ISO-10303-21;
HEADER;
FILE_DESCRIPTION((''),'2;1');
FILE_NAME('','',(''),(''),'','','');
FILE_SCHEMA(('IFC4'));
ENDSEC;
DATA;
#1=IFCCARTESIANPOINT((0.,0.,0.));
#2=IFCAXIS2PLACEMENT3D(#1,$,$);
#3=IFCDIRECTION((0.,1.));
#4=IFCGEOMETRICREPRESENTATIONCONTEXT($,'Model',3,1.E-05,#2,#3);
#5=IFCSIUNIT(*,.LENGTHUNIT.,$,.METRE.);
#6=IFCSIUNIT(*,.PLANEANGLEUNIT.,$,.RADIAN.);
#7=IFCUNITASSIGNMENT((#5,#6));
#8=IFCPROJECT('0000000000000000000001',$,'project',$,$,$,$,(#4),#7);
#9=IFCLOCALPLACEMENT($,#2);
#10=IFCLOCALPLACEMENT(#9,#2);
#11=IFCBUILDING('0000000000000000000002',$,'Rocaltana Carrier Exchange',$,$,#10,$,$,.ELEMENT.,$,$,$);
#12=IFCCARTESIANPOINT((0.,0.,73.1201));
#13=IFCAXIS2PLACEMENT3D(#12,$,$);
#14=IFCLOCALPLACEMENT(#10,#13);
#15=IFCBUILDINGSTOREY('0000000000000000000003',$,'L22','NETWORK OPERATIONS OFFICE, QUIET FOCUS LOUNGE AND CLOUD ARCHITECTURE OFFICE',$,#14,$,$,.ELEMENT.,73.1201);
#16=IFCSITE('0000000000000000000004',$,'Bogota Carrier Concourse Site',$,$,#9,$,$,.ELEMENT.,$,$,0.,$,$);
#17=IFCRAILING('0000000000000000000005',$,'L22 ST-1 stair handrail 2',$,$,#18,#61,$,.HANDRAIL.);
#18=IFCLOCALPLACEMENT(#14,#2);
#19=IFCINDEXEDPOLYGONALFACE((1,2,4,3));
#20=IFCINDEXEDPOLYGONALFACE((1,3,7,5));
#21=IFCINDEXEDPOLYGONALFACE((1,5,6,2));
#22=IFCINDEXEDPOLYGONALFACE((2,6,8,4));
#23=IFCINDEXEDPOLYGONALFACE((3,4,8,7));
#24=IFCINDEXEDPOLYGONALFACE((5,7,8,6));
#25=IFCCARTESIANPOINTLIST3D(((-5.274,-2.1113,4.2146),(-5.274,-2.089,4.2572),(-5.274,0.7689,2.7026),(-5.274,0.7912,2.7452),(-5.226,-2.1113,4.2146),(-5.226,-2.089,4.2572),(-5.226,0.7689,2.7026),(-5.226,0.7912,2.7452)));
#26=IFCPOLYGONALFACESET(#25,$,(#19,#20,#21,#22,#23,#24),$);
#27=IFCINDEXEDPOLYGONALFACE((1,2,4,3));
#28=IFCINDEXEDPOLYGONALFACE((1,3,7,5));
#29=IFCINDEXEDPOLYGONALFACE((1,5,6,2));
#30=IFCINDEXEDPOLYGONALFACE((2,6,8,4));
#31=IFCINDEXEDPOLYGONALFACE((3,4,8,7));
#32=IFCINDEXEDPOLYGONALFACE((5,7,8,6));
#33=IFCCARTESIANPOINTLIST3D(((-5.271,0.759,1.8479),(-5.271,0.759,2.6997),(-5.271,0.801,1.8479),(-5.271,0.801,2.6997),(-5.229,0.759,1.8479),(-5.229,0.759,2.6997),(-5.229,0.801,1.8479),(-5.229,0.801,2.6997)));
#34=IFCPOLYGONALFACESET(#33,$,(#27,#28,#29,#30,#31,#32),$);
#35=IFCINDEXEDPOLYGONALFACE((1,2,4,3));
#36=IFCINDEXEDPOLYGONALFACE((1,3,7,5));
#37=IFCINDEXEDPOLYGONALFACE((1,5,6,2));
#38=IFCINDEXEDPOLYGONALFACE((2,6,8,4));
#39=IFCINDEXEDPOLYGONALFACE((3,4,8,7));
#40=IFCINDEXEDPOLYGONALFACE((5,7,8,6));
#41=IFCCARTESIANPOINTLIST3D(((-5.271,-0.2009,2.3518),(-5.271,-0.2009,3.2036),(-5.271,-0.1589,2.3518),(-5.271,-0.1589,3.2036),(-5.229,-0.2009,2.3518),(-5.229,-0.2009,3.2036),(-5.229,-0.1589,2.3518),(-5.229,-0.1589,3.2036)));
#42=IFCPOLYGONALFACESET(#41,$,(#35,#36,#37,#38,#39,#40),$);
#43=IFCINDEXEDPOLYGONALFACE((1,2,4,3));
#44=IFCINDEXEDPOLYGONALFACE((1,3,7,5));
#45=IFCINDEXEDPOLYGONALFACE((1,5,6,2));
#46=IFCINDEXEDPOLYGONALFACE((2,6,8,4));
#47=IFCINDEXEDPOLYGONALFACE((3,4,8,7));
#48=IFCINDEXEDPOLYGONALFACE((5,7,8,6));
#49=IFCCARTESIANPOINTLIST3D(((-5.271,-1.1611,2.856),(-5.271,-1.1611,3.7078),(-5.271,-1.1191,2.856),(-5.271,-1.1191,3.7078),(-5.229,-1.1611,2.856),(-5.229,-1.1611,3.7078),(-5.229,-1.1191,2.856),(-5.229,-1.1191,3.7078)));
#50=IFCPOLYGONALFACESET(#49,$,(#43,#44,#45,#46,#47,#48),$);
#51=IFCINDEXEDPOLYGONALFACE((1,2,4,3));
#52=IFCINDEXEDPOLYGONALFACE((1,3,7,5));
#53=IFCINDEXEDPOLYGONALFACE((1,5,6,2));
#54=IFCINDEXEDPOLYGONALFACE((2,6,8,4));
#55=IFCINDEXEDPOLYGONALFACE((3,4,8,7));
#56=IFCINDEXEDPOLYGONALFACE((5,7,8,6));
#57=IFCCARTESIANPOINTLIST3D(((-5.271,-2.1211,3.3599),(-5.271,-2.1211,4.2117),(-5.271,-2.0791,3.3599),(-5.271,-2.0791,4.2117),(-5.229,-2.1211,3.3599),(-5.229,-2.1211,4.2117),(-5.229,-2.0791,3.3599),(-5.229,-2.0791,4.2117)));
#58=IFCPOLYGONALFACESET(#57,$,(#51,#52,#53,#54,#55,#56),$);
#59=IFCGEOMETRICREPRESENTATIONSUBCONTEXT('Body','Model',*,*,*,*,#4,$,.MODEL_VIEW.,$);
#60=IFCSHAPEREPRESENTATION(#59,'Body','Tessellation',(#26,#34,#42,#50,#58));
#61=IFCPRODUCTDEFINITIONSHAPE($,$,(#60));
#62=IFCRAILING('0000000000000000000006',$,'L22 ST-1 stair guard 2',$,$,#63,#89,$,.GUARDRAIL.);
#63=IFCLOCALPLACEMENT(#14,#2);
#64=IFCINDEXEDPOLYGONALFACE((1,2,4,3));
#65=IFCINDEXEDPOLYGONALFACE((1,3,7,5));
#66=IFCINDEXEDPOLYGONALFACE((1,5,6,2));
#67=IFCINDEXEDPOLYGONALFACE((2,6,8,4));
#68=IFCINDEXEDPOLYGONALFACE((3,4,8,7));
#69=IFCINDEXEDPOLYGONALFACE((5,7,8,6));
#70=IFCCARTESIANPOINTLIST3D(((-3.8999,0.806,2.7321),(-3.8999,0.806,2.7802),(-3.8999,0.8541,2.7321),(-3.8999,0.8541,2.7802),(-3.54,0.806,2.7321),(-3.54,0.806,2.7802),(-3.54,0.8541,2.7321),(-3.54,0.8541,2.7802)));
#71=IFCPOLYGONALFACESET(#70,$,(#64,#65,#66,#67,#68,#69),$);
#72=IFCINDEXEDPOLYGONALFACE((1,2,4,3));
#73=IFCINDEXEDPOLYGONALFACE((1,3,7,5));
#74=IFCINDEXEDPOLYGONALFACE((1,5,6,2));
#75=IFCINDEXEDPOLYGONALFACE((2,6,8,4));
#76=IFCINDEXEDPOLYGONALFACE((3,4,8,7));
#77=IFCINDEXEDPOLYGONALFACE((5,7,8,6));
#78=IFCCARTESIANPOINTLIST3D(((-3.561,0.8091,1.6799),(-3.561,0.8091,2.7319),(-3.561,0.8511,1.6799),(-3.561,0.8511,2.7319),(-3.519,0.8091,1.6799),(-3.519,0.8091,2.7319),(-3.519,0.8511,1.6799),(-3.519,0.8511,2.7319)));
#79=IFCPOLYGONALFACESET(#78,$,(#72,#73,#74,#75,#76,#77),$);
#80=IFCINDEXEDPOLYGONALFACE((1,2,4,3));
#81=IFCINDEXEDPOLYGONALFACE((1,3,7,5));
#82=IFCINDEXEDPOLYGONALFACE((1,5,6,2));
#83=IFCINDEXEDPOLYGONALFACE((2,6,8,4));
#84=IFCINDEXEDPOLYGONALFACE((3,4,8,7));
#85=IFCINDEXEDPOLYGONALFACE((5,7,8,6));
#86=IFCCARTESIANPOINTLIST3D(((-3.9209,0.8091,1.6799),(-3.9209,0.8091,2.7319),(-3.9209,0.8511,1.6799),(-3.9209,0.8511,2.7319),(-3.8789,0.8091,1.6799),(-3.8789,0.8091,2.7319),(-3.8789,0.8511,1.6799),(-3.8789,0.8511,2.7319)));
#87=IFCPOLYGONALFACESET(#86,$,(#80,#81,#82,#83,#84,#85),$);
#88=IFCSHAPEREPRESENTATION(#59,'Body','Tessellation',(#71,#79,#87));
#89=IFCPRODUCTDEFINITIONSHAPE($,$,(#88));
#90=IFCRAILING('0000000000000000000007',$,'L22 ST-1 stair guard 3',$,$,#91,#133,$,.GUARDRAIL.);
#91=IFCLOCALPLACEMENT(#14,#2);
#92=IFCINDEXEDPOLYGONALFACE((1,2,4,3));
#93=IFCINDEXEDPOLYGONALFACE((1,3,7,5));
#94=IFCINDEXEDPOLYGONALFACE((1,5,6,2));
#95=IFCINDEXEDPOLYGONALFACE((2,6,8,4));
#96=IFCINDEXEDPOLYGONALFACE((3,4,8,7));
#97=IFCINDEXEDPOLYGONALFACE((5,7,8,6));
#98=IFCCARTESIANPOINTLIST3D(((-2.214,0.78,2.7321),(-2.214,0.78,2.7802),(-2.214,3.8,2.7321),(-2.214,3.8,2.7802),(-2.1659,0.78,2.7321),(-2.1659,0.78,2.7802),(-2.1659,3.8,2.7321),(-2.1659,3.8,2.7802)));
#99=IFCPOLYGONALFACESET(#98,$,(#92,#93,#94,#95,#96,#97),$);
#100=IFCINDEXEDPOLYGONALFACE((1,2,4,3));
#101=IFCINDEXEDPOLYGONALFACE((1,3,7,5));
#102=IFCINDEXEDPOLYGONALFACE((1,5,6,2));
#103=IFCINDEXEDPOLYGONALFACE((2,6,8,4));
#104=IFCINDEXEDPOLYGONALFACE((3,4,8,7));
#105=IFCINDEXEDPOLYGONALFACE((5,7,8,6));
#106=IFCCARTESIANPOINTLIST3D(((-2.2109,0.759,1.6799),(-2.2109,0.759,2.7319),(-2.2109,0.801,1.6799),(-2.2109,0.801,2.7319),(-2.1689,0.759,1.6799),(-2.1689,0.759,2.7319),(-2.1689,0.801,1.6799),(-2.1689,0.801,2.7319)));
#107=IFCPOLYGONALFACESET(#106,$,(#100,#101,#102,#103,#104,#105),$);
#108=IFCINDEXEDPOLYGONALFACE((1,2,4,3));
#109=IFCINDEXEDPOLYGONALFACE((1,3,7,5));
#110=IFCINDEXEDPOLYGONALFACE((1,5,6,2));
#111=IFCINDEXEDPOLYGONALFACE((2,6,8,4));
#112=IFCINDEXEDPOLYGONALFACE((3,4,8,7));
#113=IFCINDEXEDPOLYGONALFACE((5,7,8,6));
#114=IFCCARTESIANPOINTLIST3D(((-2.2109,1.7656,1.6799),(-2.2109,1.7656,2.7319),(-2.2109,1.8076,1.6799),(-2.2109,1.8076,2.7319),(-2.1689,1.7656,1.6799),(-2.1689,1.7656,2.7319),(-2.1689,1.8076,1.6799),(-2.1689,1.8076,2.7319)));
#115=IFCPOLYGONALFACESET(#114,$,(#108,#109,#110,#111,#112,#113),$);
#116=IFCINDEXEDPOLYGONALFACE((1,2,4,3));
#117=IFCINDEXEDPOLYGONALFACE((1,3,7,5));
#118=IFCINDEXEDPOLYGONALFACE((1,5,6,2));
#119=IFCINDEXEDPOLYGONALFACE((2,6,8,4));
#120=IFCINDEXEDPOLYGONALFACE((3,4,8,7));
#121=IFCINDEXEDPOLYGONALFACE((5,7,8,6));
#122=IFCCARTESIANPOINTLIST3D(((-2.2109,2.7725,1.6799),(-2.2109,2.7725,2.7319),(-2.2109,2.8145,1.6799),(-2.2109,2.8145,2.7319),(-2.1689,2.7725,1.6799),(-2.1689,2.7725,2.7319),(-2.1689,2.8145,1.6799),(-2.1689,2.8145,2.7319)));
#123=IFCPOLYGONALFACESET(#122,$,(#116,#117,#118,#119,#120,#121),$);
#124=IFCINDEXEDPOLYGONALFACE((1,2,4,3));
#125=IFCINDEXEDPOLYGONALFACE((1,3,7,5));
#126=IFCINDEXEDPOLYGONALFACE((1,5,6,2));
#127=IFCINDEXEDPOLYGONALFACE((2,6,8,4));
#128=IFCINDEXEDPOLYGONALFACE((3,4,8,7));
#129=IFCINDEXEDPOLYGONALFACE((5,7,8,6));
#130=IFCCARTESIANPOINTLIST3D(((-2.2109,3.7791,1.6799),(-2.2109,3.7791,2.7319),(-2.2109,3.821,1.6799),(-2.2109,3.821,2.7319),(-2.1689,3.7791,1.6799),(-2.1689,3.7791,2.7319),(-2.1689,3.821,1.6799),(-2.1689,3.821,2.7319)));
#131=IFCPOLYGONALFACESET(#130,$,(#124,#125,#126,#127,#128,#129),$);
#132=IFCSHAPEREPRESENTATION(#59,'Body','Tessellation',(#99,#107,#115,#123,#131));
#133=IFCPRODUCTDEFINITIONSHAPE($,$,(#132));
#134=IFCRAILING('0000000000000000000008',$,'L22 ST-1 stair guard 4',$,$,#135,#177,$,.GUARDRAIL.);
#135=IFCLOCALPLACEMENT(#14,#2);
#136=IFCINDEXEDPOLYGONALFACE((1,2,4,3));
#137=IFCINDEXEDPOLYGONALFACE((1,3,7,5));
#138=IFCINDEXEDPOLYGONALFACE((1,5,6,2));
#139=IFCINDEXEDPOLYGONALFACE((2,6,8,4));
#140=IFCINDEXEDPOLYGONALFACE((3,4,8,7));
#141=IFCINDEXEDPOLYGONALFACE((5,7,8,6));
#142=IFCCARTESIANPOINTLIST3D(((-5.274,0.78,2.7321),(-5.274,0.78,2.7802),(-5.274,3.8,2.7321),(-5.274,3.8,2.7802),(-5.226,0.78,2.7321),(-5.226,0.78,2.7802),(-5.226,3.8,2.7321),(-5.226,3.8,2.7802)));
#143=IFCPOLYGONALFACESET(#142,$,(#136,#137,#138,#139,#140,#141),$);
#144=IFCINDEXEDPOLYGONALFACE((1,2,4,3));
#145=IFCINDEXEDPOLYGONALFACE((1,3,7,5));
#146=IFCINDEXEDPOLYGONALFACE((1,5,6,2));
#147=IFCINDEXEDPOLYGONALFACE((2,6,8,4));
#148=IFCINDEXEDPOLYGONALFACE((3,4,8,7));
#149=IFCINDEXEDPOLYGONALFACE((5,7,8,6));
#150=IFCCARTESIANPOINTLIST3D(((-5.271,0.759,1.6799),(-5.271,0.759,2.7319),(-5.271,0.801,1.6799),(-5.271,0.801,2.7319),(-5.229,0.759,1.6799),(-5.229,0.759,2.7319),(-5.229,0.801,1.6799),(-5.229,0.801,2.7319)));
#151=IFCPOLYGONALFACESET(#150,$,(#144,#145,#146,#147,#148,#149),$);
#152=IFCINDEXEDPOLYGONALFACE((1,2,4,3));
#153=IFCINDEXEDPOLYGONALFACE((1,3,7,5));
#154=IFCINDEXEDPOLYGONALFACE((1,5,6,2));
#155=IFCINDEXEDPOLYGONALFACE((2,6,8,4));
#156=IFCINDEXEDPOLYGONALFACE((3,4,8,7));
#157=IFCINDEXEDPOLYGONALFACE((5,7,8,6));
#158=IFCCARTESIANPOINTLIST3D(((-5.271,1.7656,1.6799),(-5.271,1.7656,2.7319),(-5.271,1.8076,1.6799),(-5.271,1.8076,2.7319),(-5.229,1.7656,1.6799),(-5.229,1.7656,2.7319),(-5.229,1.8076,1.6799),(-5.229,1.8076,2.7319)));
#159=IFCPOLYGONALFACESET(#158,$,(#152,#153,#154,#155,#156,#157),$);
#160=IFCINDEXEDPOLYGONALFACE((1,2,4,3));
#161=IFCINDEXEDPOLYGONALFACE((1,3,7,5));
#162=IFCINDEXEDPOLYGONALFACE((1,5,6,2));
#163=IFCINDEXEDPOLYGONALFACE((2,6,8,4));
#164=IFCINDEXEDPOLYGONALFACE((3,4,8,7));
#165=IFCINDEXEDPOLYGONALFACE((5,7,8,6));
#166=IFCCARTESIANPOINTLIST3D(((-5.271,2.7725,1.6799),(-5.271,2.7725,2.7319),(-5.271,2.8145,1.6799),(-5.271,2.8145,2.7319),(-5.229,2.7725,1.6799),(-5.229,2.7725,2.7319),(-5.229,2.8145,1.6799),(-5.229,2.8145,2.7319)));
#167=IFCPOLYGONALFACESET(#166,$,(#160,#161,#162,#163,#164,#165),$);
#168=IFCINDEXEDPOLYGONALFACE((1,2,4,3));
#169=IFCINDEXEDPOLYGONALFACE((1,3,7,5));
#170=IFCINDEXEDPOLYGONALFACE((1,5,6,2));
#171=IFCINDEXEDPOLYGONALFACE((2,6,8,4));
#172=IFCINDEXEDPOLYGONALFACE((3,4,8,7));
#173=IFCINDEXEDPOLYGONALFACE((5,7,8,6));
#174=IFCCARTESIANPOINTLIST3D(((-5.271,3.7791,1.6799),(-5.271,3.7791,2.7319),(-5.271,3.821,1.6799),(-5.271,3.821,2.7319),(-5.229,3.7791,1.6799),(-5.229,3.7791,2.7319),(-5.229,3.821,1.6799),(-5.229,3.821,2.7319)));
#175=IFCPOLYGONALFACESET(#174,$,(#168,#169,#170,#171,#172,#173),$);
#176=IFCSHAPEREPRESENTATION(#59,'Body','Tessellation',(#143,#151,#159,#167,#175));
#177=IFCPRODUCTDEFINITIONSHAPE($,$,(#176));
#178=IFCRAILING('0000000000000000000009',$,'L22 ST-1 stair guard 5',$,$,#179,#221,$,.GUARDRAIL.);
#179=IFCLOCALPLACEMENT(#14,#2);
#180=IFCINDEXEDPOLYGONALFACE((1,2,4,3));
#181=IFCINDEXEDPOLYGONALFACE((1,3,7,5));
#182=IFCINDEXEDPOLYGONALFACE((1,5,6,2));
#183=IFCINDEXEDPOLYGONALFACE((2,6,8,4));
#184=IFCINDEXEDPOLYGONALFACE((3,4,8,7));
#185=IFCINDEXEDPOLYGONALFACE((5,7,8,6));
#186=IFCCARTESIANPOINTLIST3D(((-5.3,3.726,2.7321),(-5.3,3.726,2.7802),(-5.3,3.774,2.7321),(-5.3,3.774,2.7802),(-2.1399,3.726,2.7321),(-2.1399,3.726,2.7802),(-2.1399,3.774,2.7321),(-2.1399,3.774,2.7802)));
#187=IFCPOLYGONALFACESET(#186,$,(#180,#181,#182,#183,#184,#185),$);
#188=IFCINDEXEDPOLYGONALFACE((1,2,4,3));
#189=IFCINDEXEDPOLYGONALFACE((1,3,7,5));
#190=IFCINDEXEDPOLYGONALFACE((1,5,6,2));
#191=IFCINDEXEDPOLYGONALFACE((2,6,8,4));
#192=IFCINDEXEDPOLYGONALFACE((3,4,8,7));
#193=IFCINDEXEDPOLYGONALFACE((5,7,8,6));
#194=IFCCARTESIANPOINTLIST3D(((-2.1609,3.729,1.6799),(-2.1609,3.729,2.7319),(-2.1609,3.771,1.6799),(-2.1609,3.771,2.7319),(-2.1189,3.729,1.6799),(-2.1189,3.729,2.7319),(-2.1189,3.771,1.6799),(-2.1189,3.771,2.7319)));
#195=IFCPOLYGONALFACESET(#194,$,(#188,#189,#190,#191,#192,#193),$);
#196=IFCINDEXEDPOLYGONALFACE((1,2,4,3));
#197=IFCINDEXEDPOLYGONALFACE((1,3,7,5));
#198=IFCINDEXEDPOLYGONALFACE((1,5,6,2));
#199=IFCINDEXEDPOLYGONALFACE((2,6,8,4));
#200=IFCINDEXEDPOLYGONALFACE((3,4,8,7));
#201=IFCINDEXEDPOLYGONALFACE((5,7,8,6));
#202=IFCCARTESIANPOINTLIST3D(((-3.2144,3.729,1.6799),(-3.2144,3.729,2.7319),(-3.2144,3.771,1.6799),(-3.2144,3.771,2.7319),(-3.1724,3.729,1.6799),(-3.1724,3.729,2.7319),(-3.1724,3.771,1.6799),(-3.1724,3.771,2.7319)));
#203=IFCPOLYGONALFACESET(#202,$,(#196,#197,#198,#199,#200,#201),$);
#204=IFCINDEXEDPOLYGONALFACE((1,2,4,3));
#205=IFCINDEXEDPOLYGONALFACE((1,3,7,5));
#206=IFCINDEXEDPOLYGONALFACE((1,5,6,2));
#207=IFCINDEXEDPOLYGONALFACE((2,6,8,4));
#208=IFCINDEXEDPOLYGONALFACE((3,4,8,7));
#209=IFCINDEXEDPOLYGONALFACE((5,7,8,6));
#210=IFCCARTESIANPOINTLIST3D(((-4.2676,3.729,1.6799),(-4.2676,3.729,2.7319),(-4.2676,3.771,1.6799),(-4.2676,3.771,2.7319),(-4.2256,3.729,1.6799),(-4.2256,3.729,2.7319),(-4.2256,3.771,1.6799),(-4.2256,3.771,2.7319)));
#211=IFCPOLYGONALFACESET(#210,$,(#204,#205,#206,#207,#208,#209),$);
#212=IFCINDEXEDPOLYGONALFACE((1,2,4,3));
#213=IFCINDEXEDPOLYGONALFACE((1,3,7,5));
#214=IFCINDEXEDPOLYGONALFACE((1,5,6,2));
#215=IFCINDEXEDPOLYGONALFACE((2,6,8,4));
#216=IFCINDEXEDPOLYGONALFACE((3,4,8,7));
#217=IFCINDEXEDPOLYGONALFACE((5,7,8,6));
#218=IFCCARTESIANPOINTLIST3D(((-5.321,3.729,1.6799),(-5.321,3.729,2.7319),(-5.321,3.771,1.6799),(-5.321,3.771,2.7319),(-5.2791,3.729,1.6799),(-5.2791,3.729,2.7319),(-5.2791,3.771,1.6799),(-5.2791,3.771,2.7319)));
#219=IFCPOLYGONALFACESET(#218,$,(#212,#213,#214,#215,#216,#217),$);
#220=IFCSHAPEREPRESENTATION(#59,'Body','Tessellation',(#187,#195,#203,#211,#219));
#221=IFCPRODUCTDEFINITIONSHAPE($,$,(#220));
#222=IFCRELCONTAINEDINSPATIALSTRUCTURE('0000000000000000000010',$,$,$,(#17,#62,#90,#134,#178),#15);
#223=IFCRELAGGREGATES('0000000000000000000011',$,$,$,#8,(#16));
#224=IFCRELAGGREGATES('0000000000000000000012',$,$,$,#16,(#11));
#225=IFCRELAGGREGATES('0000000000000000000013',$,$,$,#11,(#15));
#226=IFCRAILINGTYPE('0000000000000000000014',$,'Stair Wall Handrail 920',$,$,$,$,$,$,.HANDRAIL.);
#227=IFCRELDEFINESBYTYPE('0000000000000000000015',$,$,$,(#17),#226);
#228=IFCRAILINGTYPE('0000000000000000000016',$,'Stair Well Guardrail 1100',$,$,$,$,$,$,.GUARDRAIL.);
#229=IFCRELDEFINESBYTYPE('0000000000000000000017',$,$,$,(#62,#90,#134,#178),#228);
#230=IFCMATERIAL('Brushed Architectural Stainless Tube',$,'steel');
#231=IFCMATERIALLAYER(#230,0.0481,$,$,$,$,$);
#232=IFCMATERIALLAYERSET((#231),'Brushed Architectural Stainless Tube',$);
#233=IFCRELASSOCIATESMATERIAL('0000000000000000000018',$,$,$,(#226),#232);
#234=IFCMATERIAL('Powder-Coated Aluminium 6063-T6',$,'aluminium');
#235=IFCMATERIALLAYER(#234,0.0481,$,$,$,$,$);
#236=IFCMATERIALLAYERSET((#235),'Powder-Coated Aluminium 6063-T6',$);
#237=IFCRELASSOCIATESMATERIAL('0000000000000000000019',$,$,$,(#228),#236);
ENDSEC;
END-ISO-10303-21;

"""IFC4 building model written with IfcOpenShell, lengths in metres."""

from ifc_helpers import new_model, si_unit, direction, frame, origin, origin_2d, place, context, subcontext, project, spatial, rectangle, extrude, material, layer, layer_set, type_object, element, save


model = new_model("IFC4")

# Units and contexts
model_context = context("Model", 3, precision=1e-05, world=origin(), true_north=direction((0.0, 1.0)))
body_context = subcontext(model_context, "Body", "Model", "MODEL_VIEW")
ifc_project = project(units=[si_unit("LENGTHUNIT", "METRE"), si_unit("PLANEANGLEUNIT", "RADIAN")], contexts=[model_context])

# Site, building, storey
site_placement = place(None, origin())
site = spatial("IfcSite", under=ifc_project, at=site_placement, Name="Bogota Carrier Concourse Site", CompositionType="ELEMENT", RefElevation=0.0)
building_placement = place(site_placement, origin())
building = spatial("IfcBuilding", under=site, at=building_placement, Name="Rocaltana Carrier Exchange", CompositionType="ELEMENT")
storey_placement = place(building_placement, frame((0.0, 0.0, 73.1201)))
storey = spatial("IfcBuildingStorey", under=building, at=storey_placement, Name="L22", Description="NETWORK OPERATIONS OFFICE, QUIET FOCUS LOUNGE AND CLOUD ARCHITECTURE OFFICE", CompositionType="ELEMENT", Elevation=73.1201)

# Railings
ifc_material_1 = material(Name="Brushed Architectural Stainless Tube", Category="steel")
ifc_layer_1 = layer(ifc_material_1, 0.0481)
ifc_layer_set_1 = layer_set([ifc_layer_1], Name="Brushed Architectural Stainless Tube")
railing_type_1 = type_object("IfcRailingType", Name="Stair Wall Handrail 920", PredefinedType="HANDRAIL", material=ifc_layer_set_1)
railing_1_placement = place(storey_placement, frame((-5.25, 0.78, 1.8479)))
element("IfcRailing", 1, at=railing_1_placement, inside=storey, type_object=railing_type_1, Name="L22 ST-1 stair handrail 2", PredefinedType="HANDRAIL", context=body_context, shape_type="SweptSolid", body=[
    extrude(rectangle(XDim=0.0481, YDim=0.0481, at=origin_2d()), frame((0.0, 0.0, 0.876), z_axis=(0.0, -0.885411, 0.464809), x_axis=(1.0, 0.0, 0.0)), (0.0, 0.0, 1.0), 3.2529),
    extrude(rectangle(XDim=0.042, YDim=0.042, at=origin_2d()), origin(), (0.0, 0.0, 1.0), 0.8518),
    extrude(rectangle(XDim=0.042, YDim=0.042, at=origin_2d()), frame((0.0, -0.96, 0.5039)), (0.0, 0.0, 1.0), 0.8518),
    extrude(rectangle(XDim=0.042, YDim=0.042, at=origin_2d()), frame((0.0, -1.9202, 1.0081)), (0.0, 0.0, 1.0), 0.8518),
    extrude(rectangle(XDim=0.042, YDim=0.042, at=origin_2d()), frame((0.0, -2.8801, 1.512)), (0.0, 0.0, 1.0), 0.8518),
])
ifc_material_2 = material(Name="Powder-Coated Aluminium 6063-T6", Category="aluminium")
ifc_layer_2 = layer(ifc_material_2, 0.0481)
ifc_layer_set_2 = layer_set([ifc_layer_2], Name="Powder-Coated Aluminium 6063-T6")
railing_type_2 = type_object("IfcRailingType", Name="Stair Well Guardrail 1100", PredefinedType="GUARDRAIL", material=ifc_layer_set_2)
railing_2_placement = place(storey_placement, frame((-3.54, 0.8301, 1.6799)))
element("IfcRailing", 2, at=railing_2_placement, inside=storey, type_object=railing_type_2, Name="L22 ST-1 stair guard 2", PredefinedType="GUARDRAIL", context=body_context, shape_type="SweptSolid", body=[
    extrude(rectangle(XDim=0.0481, YDim=0.0481, at=origin_2d()), frame((0.0, 0.0, 1.0762), z_axis=(-1.0, 0.0, 0.0), x_axis=(0.0, -1.0, 0.0)), (0.0, 0.0, 1.0), 0.3599),
    extrude(rectangle(XDim=0.042, YDim=0.042, at=origin_2d()), origin(), (0.0, 0.0, 1.0), 1.052),
    extrude(rectangle(XDim=0.042, YDim=0.042, at=origin_2d()), frame((-0.3599, 0.0, 0.0)), (0.0, 0.0, 1.0), 1.052),
])
for number, where, name in (
    (3, (-2.1899, 0.78, 1.6799), "L22 ST-1 stair guard 3"),
    (4, (-5.25, 0.78, 1.6799), "L22 ST-1 stair guard 4"),
):
    element("IfcRailing", number, at=place(storey_placement, frame(where)), inside=storey, type_object=railing_type_2, Name=name, PredefinedType="GUARDRAIL", context=body_context, shape_type="SweptSolid", body=[
        extrude(rectangle(XDim=0.0481, YDim=0.0481, at=origin_2d()), frame((0.0, 0.0, 1.0762), z_axis=(0.0, 1.0, 0.0), x_axis=(-1.0, 0.0, 0.0)), (0.0, 0.0, 1.0), 3.02),
        extrude(rectangle(XDim=0.042, YDim=0.042, at=origin_2d()), origin(), (0.0, 0.0, 1.0), 1.052),
        extrude(rectangle(XDim=0.042, YDim=0.042, at=origin_2d()), frame((0.0, 1.0066, 0.0)), (0.0, 0.0, 1.0), 1.052),
        extrude(rectangle(XDim=0.042, YDim=0.042, at=origin_2d()), frame((0.0, 2.0134, 0.0)), (0.0, 0.0, 1.0), 1.052),
        extrude(rectangle(XDim=0.042, YDim=0.042, at=origin_2d()), frame((0.0, 3.02, 0.0)), (0.0, 0.0, 1.0), 1.052),
    ])
railing_3_placement = place(storey_placement, frame((-2.1399, 3.75, 1.6799)))
element("IfcRailing", 5, at=railing_3_placement, inside=storey, type_object=railing_type_2, Name="L22 ST-1 stair guard 5", PredefinedType="GUARDRAIL", context=body_context, shape_type="SweptSolid", body=[
    extrude(rectangle(XDim=0.0481, YDim=0.0481, at=origin_2d()), frame((0.0, 0.0, 1.0762), z_axis=(-1.0, 0.0, 0.0), x_axis=(0.0, -1.0, 0.0)), (0.0, 0.0, 1.0), 3.1602),
    extrude(rectangle(XDim=0.042, YDim=0.042, at=origin_2d()), origin(), (0.0, 0.0, 1.0), 1.052),
    extrude(rectangle(XDim=0.042, YDim=0.042, at=origin_2d()), frame((-1.0535, 0.0, 0.0)), (0.0, 0.0, 1.0), 1.052),
    extrude(rectangle(XDim=0.042, YDim=0.042, at=origin_2d()), frame((-2.1067, 0.0, 0.0)), (0.0, 0.0, 1.0), 1.052),
    extrude(rectangle(XDim=0.042, YDim=0.042, at=origin_2d()), frame((-3.1602, 0.0, 0.0)), (0.0, 0.0, 1.0), 1.052),
])

save(model, "model.ifc")
